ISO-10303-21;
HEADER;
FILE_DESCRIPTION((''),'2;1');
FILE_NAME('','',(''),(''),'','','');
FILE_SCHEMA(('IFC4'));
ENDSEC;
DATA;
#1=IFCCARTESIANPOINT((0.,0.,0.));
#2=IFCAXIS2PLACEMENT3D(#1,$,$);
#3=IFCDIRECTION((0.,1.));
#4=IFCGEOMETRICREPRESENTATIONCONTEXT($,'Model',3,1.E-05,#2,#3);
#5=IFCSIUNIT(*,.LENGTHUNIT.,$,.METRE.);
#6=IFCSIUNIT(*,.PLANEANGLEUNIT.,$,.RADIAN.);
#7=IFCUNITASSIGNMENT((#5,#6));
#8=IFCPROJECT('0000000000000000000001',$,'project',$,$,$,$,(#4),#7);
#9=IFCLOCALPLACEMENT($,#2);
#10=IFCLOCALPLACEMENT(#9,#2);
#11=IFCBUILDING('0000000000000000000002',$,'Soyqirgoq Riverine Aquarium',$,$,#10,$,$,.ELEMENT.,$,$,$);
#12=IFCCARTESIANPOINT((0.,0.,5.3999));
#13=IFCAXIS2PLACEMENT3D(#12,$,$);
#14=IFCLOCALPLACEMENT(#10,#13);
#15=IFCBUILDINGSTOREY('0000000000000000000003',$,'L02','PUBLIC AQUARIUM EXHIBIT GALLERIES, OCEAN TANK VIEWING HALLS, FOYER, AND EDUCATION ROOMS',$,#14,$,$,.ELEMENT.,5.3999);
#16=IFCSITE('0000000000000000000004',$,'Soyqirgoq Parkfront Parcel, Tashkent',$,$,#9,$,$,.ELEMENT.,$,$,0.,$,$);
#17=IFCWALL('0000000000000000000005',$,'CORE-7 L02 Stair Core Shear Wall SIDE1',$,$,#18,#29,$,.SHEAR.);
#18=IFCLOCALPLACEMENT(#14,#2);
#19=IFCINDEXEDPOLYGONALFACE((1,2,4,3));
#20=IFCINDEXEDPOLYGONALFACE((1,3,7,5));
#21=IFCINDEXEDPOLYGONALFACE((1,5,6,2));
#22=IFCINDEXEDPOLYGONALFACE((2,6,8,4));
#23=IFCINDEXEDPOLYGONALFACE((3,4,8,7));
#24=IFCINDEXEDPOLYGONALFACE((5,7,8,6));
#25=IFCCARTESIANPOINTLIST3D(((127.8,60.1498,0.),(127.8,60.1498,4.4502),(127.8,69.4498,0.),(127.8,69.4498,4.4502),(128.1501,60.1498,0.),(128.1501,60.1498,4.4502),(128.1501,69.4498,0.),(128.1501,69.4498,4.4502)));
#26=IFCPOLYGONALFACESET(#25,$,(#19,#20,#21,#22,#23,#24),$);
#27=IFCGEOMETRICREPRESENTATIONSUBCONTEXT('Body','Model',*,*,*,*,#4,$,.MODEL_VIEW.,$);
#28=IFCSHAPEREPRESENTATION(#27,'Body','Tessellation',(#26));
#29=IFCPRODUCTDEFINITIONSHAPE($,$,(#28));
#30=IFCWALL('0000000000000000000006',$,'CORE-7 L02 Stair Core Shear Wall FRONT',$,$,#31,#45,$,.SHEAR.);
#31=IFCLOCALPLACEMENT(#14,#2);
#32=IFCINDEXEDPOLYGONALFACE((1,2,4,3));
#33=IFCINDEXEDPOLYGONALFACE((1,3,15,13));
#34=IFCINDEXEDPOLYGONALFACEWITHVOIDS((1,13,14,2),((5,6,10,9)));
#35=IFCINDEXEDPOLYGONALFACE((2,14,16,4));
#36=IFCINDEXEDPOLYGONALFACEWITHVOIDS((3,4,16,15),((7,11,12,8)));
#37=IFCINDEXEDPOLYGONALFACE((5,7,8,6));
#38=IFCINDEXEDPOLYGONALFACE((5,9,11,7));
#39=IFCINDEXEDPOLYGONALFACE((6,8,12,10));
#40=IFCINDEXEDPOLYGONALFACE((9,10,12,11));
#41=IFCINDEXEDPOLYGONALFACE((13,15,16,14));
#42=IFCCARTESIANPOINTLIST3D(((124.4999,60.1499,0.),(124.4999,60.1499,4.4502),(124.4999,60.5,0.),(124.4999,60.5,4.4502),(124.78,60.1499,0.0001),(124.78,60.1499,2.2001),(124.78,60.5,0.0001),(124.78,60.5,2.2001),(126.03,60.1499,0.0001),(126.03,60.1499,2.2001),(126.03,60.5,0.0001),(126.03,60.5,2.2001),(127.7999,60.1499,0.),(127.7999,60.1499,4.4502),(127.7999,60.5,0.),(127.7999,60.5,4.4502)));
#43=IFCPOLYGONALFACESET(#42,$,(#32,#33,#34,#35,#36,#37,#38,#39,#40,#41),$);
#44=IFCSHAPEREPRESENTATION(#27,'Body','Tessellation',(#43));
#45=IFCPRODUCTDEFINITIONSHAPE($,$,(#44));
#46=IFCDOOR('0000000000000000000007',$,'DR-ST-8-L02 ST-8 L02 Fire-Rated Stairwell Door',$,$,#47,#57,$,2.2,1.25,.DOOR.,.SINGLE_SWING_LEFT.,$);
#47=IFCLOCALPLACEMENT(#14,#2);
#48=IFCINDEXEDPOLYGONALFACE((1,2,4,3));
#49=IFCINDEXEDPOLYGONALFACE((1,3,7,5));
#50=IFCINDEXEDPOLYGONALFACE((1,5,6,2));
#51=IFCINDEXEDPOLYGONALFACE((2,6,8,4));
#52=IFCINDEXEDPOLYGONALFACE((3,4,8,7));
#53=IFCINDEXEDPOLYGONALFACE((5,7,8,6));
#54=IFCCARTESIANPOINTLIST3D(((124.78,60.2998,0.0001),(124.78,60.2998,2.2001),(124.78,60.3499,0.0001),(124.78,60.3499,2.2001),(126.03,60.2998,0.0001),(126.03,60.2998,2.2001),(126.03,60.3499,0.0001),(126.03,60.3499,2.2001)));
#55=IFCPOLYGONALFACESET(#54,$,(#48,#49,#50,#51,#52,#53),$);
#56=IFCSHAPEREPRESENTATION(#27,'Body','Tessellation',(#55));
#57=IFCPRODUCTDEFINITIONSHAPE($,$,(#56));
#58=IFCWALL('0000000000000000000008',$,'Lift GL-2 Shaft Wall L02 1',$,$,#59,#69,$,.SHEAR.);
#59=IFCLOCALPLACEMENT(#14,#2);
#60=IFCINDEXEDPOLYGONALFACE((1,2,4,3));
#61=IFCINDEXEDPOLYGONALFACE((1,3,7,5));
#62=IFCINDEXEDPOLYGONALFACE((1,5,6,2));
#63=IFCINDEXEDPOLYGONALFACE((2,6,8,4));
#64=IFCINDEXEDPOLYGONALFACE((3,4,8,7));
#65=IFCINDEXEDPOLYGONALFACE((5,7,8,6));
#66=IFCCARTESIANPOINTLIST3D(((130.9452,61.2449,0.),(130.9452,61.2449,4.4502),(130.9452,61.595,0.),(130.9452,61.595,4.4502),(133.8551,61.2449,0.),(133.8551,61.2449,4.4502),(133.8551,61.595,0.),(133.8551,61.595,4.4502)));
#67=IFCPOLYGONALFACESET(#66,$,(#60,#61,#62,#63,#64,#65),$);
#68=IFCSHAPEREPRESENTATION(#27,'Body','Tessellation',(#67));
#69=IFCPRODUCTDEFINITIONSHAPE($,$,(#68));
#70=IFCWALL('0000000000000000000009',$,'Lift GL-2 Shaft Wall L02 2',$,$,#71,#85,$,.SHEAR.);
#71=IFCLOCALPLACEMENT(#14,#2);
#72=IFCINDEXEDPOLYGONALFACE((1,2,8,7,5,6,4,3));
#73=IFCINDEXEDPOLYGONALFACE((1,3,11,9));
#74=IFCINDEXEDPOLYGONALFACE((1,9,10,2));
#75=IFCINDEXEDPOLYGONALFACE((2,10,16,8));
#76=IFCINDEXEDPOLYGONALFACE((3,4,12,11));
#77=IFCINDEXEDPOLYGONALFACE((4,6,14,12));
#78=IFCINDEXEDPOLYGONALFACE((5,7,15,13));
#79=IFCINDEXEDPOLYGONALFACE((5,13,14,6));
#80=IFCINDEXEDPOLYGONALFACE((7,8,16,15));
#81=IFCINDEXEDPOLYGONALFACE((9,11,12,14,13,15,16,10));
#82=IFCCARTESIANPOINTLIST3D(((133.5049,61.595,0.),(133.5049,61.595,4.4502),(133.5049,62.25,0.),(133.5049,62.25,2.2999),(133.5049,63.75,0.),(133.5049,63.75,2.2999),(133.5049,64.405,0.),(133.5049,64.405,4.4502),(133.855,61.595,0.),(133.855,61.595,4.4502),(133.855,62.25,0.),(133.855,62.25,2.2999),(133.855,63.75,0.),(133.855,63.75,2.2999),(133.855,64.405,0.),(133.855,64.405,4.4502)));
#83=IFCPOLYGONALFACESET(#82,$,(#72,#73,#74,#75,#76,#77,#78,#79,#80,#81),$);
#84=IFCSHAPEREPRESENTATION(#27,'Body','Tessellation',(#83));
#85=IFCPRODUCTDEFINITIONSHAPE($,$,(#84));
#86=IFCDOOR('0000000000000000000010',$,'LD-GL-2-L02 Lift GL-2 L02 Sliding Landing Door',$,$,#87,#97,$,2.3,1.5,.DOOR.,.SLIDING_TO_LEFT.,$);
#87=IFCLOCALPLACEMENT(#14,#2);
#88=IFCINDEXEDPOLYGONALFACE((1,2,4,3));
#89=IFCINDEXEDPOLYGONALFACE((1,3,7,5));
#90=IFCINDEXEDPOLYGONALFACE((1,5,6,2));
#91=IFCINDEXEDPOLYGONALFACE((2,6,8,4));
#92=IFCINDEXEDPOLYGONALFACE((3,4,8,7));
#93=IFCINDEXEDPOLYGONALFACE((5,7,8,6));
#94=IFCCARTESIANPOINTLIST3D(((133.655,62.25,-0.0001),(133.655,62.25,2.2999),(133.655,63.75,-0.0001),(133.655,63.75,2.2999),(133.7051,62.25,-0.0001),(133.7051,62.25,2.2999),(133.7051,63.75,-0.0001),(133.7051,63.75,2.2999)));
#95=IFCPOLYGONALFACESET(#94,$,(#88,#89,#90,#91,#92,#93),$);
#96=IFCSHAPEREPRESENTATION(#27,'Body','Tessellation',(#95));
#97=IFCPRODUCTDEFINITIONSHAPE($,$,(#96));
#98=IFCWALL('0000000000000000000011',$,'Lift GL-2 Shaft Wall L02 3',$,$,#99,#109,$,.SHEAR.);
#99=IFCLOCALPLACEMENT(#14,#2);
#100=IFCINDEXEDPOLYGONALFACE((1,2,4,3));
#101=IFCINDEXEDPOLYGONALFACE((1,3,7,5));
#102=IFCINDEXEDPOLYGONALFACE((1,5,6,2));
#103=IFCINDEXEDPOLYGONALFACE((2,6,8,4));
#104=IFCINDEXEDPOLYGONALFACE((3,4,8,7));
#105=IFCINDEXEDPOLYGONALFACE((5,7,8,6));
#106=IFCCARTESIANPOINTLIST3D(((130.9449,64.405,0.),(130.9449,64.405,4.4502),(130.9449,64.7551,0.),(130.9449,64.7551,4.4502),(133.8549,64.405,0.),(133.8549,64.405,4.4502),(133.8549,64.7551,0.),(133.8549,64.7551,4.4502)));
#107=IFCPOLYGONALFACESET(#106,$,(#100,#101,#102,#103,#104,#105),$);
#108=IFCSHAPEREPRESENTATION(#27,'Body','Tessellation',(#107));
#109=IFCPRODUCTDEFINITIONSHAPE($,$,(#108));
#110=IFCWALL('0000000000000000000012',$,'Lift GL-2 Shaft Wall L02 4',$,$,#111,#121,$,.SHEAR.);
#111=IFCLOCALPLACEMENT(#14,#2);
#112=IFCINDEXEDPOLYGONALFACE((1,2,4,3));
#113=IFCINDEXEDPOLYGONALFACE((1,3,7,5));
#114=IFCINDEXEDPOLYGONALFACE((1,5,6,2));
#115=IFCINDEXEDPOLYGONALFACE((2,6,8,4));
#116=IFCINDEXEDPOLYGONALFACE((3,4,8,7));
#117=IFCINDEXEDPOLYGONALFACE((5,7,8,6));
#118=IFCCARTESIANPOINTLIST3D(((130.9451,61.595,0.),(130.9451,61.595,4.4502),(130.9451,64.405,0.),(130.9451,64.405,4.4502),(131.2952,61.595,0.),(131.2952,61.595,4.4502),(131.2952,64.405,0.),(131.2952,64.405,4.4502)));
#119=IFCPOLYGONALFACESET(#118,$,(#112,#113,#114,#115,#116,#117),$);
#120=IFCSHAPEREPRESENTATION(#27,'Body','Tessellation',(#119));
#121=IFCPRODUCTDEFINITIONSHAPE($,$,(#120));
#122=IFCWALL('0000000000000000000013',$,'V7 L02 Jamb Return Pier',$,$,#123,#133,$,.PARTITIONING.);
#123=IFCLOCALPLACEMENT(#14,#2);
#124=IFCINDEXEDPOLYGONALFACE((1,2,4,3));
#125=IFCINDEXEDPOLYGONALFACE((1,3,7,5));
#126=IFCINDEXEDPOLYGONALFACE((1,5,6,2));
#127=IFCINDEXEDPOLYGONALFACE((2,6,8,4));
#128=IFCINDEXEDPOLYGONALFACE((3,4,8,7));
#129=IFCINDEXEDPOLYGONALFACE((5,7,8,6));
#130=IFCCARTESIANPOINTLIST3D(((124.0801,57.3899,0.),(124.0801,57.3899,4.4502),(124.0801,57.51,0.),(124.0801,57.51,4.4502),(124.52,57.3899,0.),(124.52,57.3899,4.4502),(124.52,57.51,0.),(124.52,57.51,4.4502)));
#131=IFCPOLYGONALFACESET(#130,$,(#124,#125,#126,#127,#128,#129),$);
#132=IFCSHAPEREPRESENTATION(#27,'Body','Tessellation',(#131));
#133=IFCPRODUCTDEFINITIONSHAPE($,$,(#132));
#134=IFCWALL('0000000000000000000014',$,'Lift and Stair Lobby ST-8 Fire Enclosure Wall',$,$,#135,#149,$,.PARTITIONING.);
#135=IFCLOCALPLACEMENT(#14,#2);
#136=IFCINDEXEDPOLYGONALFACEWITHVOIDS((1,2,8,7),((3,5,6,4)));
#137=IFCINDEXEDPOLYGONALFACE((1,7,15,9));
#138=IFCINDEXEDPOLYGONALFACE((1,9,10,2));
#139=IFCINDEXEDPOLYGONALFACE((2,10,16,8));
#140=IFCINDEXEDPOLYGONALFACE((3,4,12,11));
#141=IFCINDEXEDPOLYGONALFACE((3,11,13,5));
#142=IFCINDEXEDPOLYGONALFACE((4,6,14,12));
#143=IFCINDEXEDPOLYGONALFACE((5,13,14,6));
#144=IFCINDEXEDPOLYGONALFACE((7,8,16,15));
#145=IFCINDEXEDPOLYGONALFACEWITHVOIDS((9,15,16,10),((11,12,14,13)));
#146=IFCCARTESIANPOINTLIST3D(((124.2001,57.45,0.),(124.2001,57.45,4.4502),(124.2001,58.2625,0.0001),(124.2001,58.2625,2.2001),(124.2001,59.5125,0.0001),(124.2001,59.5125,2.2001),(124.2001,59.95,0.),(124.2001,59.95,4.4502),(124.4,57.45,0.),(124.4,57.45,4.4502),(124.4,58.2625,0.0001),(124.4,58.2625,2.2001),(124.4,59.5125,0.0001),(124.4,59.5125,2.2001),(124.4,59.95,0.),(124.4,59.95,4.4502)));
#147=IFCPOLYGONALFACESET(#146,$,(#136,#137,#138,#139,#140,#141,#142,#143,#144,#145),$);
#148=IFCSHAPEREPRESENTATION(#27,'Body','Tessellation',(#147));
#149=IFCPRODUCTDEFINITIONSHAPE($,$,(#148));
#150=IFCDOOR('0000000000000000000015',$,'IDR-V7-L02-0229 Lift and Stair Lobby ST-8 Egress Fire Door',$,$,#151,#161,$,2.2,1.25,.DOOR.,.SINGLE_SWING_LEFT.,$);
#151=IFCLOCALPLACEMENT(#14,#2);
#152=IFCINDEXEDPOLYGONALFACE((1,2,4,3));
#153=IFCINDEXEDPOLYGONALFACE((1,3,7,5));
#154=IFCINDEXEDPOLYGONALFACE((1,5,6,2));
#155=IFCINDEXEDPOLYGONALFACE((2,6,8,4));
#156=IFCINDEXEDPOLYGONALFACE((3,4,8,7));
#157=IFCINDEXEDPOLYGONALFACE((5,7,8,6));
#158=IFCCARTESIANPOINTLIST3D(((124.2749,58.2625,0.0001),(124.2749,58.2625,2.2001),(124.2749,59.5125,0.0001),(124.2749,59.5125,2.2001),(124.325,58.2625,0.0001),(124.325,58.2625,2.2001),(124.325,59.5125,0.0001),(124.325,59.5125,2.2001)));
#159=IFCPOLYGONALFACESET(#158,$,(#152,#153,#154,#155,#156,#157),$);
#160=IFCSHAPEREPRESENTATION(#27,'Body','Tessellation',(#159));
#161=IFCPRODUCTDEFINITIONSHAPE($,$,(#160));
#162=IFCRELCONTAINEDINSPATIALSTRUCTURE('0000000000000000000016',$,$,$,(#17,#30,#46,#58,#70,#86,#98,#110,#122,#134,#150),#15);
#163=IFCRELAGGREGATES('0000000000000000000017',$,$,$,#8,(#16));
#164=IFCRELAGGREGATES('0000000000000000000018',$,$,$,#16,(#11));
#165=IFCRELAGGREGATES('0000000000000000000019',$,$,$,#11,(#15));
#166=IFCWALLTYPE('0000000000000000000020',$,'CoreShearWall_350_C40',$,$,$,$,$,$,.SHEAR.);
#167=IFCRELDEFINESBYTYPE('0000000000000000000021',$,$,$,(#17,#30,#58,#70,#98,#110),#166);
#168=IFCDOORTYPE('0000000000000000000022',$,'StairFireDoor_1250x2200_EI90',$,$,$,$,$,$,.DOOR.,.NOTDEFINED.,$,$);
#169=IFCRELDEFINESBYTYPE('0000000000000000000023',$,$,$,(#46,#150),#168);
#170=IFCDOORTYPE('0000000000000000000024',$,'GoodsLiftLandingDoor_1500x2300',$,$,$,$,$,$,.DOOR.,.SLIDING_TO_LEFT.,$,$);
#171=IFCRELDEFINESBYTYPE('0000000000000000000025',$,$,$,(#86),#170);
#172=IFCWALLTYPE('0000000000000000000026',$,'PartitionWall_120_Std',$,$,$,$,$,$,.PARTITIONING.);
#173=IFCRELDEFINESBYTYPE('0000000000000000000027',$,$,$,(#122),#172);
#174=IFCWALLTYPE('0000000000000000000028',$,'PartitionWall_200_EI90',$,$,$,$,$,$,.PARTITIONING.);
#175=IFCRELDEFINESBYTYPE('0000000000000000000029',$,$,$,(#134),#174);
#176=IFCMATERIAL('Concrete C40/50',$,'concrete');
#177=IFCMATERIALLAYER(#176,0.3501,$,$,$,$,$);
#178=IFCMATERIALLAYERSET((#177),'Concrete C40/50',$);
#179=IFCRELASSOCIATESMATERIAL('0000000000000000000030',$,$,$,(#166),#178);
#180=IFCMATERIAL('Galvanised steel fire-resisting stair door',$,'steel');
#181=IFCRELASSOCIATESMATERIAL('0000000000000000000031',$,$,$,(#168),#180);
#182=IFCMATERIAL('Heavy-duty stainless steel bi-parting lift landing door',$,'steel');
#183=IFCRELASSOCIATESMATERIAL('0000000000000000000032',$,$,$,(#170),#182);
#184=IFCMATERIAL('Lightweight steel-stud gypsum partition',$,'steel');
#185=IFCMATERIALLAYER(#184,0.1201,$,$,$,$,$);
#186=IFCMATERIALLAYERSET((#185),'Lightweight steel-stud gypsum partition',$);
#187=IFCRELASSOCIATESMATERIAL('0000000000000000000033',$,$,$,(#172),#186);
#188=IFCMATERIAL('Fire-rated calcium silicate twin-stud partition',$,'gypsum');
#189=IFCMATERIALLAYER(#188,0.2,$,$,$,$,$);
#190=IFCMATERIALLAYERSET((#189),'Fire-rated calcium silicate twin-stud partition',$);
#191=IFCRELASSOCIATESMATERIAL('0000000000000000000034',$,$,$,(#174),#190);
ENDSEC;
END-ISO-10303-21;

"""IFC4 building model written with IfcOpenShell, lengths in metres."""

from ifc_helpers import new_model, si_unit, direction, frame, frame_2d, origin, place, context, subcontext, project, spatial, rectangle, extrude, material, layer, layer_set, type_object, element, fill, save


model = new_model("IFC4")

# Units and contexts
model_context = context("Model", 3, precision=1e-05, world=origin(), true_north=direction((0.0, 1.0)))
body_context = subcontext(model_context, "Body", "Model", "MODEL_VIEW")
ifc_project = project(units=[si_unit("LENGTHUNIT", "METRE"), si_unit("PLANEANGLEUNIT", "RADIAN")], contexts=[model_context])

# Site, building, storey
site_placement = place(None, origin())
site = spatial("IfcSite", under=ifc_project, at=site_placement, Name="Soyqirgoq Parkfront Parcel, Tashkent", CompositionType="ELEMENT", RefElevation=0.0)
building_placement = place(site_placement, origin())
building = spatial("IfcBuilding", under=site, at=building_placement, Name="Soyqirgoq Riverine Aquarium", CompositionType="ELEMENT")
storey_placement = place(building_placement, frame((0.0, 0.0, 5.3999)))
storey = spatial("IfcBuildingStorey", under=building, at=storey_placement, Name="L02", Description="PUBLIC AQUARIUM EXHIBIT GALLERIES, OCEAN TANK VIEWING HALLS, FOYER, AND EDUCATION ROOMS", CompositionType="ELEMENT", Elevation=5.3999)

# Wall
ifc_material_1 = material(Name="Concrete C40/50", Category="concrete")
ifc_layer_1 = layer(ifc_material_1, 0.3501)
ifc_layer_set_1 = layer_set([ifc_layer_1], Name="Concrete C40/50")
wall_type_1 = type_object("IfcWallType", Name="CoreShearWall_350_C40", PredefinedType="SHEAR", material=ifc_layer_set_1)
wall_1_placement = place(storey_placement, frame((127.9751, 60.1499, 0.0), z_axis=(0.0, 0.0, 1.0), x_axis=(0.0, 1.0, 0.0)))
element("IfcWall", 1, at=wall_1_placement, inside=storey, type_object=wall_type_1, Name="CORE-7 L02 Stair Core Shear Wall SIDE1", PredefinedType="SHEAR", context=body_context, shape_type="SweptSolid", body=[
    extrude(rectangle(XDim=9.3, YDim=0.3501, at=frame_2d((4.6499, 0.0))), origin(), (0.0, 0.0, 1.0), 4.4502),
])

# Wall, opening, door
wall_2_placement = place(storey_placement, frame((124.5, 60.325, 0.0), z_axis=(0.0, 0.0, 1.0), x_axis=(1.0, 0.0, 0.0)))
wall_2 = element("IfcWall", 2, at=wall_2_placement, inside=storey, type_object=wall_type_1, Name="CORE-7 L02 Stair Core Shear Wall FRONT", PredefinedType="SHEAR", context=body_context, shape_type="SweptSolid", body=[
    extrude(rectangle(XDim=3.3, YDim=0.3501, at=frame_2d((1.6499, 0.0))), origin(), (0.0, 0.0, 1.0), 4.4502),
])
opening_1_placement = place(wall_2_placement, frame((0.28, 0.0, 0.0)))
opening_1 = element("IfcOpeningElement", 3, at=opening_1_placement, cuts=wall_2, PredefinedType="OPENING", context=body_context, shape_type="SweptSolid", body=[
    extrude(rectangle(XDim=1.25, YDim=2.2, at=frame_2d((0.625, 1.1001))), frame((0.0, 0.1851, 0.0), z_axis=(0.0, -1.0, 0.0), x_axis=(1.0, 0.0, 0.0)), (0.0, 0.0, 1.0), 0.3701),
])
ifc_material_2 = material(Name="Galvanised steel fire-resisting stair door", Category="steel")
door_type_1 = type_object("IfcDoorType", Name="StairFireDoor_1250x2200_EI90", OperationType="NOTDEFINED", PredefinedType="DOOR", material=ifc_material_2)
door_1_placement = place(opening_1_placement, origin())
door_1 = element("IfcDoor", 4, at=door_1_placement, inside=storey, type_object=door_type_1, Name="DR-ST-8-L02 ST-8 L02 Fire-Rated Stairwell Door", OperationType="SINGLE_SWING_LEFT", OverallHeight=2.2, OverallWidth=1.25, PredefinedType="DOOR", context=body_context, shape_type="SweptSolid", body=[
    extrude(rectangle(XDim=1.25, YDim=2.2, at=frame_2d((0.625, 1.1001))), frame((0.0, 0.0249, 0.0), z_axis=(0.0, -1.0, 0.0), x_axis=(1.0, 0.0, 0.0)), (0.0, 0.0, 1.0), 0.05),
])
fill(opening_1, door_1)

# Wall
wall_3_placement = place(storey_placement, frame((130.9451, 61.4199, 0.0), z_axis=(0.0, 0.0, 1.0), x_axis=(1.0, 0.0, 0.0)))
element("IfcWall", 5, at=wall_3_placement, inside=storey, type_object=wall_type_1, Name="Lift GL-2 Shaft Wall L02 1", PredefinedType="SHEAR", context=body_context, shape_type="SweptSolid", body=[
    extrude(rectangle(XDim=2.9099, YDim=0.3501, at=frame_2d((1.4551, 0.0))), origin(), (0.0, 0.0, 1.0), 4.4502),
])

# Wall, opening, door
wall_4_placement = place(storey_placement, frame((133.6799, 61.595, 0.0), z_axis=(0.0, 0.0, 1.0), x_axis=(0.0, 1.0, 0.0)))
wall_4 = element("IfcWall", 6, at=wall_4_placement, inside=storey, type_object=wall_type_1, Name="Lift GL-2 Shaft Wall L02 2", PredefinedType="SHEAR", context=body_context, shape_type="SweptSolid", body=[
    extrude(rectangle(XDim=2.8101, YDim=0.3501, at=frame_2d((1.405, 0.0))), origin(), (0.0, 0.0, 1.0), 4.4502),
])
opening_2_placement = place(wall_4_placement, frame((0.655, 0.0, 0.0)))
opening_2 = element("IfcOpeningElement", 7, at=opening_2_placement, cuts=wall_4, PredefinedType="OPENING", context=body_context, shape_type="SweptSolid", body=[
    extrude(rectangle(XDim=1.5, YDim=2.3, at=frame_2d((0.75, 1.1499))), frame((0.0, 0.1851, 0.0), z_axis=(0.0, -1.0, 0.0), x_axis=(1.0, 0.0, 0.0)), (0.0, 0.0, 1.0), 0.3701),
])
ifc_material_3 = material(Name="Heavy-duty stainless steel bi-parting lift landing door", Category="steel")
door_type_2 = type_object("IfcDoorType", Name="GoodsLiftLandingDoor_1500x2300", OperationType="SLIDING_TO_LEFT", PredefinedType="DOOR", material=ifc_material_3)
door_2_placement = place(opening_2_placement, origin())
door_2 = element("IfcDoor", 8, at=door_2_placement, inside=storey, type_object=door_type_2, Name="LD-GL-2-L02 Lift GL-2 L02 Sliding Landing Door", OperationType="SLIDING_TO_LEFT", OverallHeight=2.3, OverallWidth=1.5, PredefinedType="DOOR", context=body_context, shape_type="SweptSolid", body=[
    extrude(rectangle(XDim=1.5, YDim=2.3, at=frame_2d((0.75, 1.1499))), frame((0.0, 0.0249, 0.0), z_axis=(0.0, -1.0, 0.0), x_axis=(1.0, 0.0, 0.0)), (0.0, 0.0, 1.0), 0.05),
])
fill(opening_2, door_2)

# Walls
wall_5_placement = place(storey_placement, frame((133.855, 64.5801, 0.0), z_axis=(0.0, 0.0, 1.0), x_axis=(-1.0, 0.0, 0.0)))
element("IfcWall", 9, at=wall_5_placement, inside=storey, type_object=wall_type_1, Name="Lift GL-2 Shaft Wall L02 3", PredefinedType="SHEAR", context=body_context, shape_type="SweptSolid", body=[
    extrude(rectangle(XDim=2.9099, YDim=0.3501, at=frame_2d((1.4551, 0.0))), origin(), (0.0, 0.0, 1.0), 4.4502),
])
wall_6_placement = place(storey_placement, frame((131.1201, 64.405, 0.0), z_axis=(0.0, 0.0, 1.0), x_axis=(0.0, -1.0, 0.0)))
element("IfcWall", 10, at=wall_6_placement, inside=storey, type_object=wall_type_1, Name="Lift GL-2 Shaft Wall L02 4", PredefinedType="SHEAR", context=body_context, shape_type="SweptSolid", body=[
    extrude(rectangle(XDim=2.8101, YDim=0.3501, at=frame_2d((1.405, 0.0))), origin(), (0.0, 0.0, 1.0), 4.4502),
])
ifc_material_4 = material(Name="Lightweight steel-stud gypsum partition", Category="steel")
ifc_layer_2 = layer(ifc_material_4, 0.1201)
ifc_layer_set_2 = layer_set([ifc_layer_2], Name="Lightweight steel-stud gypsum partition")
wall_type_2 = type_object("IfcWallType", Name="PartitionWall_120_Std", PredefinedType="PARTITIONING", material=ifc_layer_set_2)
wall_7_placement = place(storey_placement, frame((124.0801, 57.45, 0.0), z_axis=(0.0, 0.0, 1.0), x_axis=(1.0, 0.0, 0.0)))
element("IfcWall", 11, at=wall_7_placement, inside=storey, type_object=wall_type_2, Name="V7 L02 Jamb Return Pier", PredefinedType="PARTITIONING", context=body_context, shape_type="SweptSolid", body=[
    extrude(rectangle(XDim=0.4399, YDim=0.1201, at=frame_2d((0.22, 0.0))), origin(), (0.0, 0.0, 1.0), 4.4502),
])

# Wall, opening, door
ifc_material_5 = material(Name="Fire-rated calcium silicate twin-stud partition", Category="gypsum")
ifc_layer_3 = layer(ifc_material_5, 0.2)
ifc_layer_set_3 = layer_set([ifc_layer_3], Name="Fire-rated calcium silicate twin-stud partition")
wall_type_3 = type_object("IfcWallType", Name="PartitionWall_200_EI90", PredefinedType="PARTITIONING", material=ifc_layer_set_3)
wall_8_placement = place(storey_placement, frame((124.3, 59.95, 0.0), z_axis=(0.0, 0.0, 1.0), x_axis=(0.0, -1.0, 0.0)))
wall_8 = element("IfcWall", 12, at=wall_8_placement, inside=storey, type_object=wall_type_3, Name="Lift and Stair Lobby ST-8 Fire Enclosure Wall", PredefinedType="PARTITIONING", context=body_context, shape_type="SweptSolid", body=[
    extrude(rectangle(XDim=2.5, YDim=0.2, at=frame_2d((1.25, 0.0))), origin(), (0.0, 0.0, 1.0), 4.4502),
])
opening_3_placement = place(wall_8_placement, frame((0.4375, 0.0, 0.0)))
opening_3 = element("IfcOpeningElement", 13, at=opening_3_placement, cuts=wall_8, PredefinedType="OPENING", context=body_context, shape_type="SweptSolid", body=[
    extrude(rectangle(XDim=1.25, YDim=2.2, at=frame_2d((0.625, 1.1001))), frame((0.0, 0.1099, 0.0), z_axis=(0.0, -1.0, 0.0), x_axis=(1.0, 0.0, 0.0)), (0.0, 0.0, 1.0), 0.22),
])
door_3_placement = place(opening_3_placement, origin())
door_3 = element("IfcDoor", 14, at=door_3_placement, inside=storey, type_object=door_type_1, Name="IDR-V7-L02-0229 Lift and Stair Lobby ST-8 Egress Fire Door", OperationType="SINGLE_SWING_LEFT", OverallHeight=2.2, OverallWidth=1.25, PredefinedType="DOOR", context=body_context, shape_type="SweptSolid", body=[
    extrude(rectangle(XDim=1.25, YDim=2.2, at=frame_2d((0.625, 1.1001))), frame((0.0, 0.0249, 0.0), z_axis=(0.0, -1.0, 0.0), x_axis=(1.0, 0.0, 0.0)), (0.0, 0.0, 1.0), 0.05),
])
fill(opening_3, door_3)

save(model, "model.ifc")
